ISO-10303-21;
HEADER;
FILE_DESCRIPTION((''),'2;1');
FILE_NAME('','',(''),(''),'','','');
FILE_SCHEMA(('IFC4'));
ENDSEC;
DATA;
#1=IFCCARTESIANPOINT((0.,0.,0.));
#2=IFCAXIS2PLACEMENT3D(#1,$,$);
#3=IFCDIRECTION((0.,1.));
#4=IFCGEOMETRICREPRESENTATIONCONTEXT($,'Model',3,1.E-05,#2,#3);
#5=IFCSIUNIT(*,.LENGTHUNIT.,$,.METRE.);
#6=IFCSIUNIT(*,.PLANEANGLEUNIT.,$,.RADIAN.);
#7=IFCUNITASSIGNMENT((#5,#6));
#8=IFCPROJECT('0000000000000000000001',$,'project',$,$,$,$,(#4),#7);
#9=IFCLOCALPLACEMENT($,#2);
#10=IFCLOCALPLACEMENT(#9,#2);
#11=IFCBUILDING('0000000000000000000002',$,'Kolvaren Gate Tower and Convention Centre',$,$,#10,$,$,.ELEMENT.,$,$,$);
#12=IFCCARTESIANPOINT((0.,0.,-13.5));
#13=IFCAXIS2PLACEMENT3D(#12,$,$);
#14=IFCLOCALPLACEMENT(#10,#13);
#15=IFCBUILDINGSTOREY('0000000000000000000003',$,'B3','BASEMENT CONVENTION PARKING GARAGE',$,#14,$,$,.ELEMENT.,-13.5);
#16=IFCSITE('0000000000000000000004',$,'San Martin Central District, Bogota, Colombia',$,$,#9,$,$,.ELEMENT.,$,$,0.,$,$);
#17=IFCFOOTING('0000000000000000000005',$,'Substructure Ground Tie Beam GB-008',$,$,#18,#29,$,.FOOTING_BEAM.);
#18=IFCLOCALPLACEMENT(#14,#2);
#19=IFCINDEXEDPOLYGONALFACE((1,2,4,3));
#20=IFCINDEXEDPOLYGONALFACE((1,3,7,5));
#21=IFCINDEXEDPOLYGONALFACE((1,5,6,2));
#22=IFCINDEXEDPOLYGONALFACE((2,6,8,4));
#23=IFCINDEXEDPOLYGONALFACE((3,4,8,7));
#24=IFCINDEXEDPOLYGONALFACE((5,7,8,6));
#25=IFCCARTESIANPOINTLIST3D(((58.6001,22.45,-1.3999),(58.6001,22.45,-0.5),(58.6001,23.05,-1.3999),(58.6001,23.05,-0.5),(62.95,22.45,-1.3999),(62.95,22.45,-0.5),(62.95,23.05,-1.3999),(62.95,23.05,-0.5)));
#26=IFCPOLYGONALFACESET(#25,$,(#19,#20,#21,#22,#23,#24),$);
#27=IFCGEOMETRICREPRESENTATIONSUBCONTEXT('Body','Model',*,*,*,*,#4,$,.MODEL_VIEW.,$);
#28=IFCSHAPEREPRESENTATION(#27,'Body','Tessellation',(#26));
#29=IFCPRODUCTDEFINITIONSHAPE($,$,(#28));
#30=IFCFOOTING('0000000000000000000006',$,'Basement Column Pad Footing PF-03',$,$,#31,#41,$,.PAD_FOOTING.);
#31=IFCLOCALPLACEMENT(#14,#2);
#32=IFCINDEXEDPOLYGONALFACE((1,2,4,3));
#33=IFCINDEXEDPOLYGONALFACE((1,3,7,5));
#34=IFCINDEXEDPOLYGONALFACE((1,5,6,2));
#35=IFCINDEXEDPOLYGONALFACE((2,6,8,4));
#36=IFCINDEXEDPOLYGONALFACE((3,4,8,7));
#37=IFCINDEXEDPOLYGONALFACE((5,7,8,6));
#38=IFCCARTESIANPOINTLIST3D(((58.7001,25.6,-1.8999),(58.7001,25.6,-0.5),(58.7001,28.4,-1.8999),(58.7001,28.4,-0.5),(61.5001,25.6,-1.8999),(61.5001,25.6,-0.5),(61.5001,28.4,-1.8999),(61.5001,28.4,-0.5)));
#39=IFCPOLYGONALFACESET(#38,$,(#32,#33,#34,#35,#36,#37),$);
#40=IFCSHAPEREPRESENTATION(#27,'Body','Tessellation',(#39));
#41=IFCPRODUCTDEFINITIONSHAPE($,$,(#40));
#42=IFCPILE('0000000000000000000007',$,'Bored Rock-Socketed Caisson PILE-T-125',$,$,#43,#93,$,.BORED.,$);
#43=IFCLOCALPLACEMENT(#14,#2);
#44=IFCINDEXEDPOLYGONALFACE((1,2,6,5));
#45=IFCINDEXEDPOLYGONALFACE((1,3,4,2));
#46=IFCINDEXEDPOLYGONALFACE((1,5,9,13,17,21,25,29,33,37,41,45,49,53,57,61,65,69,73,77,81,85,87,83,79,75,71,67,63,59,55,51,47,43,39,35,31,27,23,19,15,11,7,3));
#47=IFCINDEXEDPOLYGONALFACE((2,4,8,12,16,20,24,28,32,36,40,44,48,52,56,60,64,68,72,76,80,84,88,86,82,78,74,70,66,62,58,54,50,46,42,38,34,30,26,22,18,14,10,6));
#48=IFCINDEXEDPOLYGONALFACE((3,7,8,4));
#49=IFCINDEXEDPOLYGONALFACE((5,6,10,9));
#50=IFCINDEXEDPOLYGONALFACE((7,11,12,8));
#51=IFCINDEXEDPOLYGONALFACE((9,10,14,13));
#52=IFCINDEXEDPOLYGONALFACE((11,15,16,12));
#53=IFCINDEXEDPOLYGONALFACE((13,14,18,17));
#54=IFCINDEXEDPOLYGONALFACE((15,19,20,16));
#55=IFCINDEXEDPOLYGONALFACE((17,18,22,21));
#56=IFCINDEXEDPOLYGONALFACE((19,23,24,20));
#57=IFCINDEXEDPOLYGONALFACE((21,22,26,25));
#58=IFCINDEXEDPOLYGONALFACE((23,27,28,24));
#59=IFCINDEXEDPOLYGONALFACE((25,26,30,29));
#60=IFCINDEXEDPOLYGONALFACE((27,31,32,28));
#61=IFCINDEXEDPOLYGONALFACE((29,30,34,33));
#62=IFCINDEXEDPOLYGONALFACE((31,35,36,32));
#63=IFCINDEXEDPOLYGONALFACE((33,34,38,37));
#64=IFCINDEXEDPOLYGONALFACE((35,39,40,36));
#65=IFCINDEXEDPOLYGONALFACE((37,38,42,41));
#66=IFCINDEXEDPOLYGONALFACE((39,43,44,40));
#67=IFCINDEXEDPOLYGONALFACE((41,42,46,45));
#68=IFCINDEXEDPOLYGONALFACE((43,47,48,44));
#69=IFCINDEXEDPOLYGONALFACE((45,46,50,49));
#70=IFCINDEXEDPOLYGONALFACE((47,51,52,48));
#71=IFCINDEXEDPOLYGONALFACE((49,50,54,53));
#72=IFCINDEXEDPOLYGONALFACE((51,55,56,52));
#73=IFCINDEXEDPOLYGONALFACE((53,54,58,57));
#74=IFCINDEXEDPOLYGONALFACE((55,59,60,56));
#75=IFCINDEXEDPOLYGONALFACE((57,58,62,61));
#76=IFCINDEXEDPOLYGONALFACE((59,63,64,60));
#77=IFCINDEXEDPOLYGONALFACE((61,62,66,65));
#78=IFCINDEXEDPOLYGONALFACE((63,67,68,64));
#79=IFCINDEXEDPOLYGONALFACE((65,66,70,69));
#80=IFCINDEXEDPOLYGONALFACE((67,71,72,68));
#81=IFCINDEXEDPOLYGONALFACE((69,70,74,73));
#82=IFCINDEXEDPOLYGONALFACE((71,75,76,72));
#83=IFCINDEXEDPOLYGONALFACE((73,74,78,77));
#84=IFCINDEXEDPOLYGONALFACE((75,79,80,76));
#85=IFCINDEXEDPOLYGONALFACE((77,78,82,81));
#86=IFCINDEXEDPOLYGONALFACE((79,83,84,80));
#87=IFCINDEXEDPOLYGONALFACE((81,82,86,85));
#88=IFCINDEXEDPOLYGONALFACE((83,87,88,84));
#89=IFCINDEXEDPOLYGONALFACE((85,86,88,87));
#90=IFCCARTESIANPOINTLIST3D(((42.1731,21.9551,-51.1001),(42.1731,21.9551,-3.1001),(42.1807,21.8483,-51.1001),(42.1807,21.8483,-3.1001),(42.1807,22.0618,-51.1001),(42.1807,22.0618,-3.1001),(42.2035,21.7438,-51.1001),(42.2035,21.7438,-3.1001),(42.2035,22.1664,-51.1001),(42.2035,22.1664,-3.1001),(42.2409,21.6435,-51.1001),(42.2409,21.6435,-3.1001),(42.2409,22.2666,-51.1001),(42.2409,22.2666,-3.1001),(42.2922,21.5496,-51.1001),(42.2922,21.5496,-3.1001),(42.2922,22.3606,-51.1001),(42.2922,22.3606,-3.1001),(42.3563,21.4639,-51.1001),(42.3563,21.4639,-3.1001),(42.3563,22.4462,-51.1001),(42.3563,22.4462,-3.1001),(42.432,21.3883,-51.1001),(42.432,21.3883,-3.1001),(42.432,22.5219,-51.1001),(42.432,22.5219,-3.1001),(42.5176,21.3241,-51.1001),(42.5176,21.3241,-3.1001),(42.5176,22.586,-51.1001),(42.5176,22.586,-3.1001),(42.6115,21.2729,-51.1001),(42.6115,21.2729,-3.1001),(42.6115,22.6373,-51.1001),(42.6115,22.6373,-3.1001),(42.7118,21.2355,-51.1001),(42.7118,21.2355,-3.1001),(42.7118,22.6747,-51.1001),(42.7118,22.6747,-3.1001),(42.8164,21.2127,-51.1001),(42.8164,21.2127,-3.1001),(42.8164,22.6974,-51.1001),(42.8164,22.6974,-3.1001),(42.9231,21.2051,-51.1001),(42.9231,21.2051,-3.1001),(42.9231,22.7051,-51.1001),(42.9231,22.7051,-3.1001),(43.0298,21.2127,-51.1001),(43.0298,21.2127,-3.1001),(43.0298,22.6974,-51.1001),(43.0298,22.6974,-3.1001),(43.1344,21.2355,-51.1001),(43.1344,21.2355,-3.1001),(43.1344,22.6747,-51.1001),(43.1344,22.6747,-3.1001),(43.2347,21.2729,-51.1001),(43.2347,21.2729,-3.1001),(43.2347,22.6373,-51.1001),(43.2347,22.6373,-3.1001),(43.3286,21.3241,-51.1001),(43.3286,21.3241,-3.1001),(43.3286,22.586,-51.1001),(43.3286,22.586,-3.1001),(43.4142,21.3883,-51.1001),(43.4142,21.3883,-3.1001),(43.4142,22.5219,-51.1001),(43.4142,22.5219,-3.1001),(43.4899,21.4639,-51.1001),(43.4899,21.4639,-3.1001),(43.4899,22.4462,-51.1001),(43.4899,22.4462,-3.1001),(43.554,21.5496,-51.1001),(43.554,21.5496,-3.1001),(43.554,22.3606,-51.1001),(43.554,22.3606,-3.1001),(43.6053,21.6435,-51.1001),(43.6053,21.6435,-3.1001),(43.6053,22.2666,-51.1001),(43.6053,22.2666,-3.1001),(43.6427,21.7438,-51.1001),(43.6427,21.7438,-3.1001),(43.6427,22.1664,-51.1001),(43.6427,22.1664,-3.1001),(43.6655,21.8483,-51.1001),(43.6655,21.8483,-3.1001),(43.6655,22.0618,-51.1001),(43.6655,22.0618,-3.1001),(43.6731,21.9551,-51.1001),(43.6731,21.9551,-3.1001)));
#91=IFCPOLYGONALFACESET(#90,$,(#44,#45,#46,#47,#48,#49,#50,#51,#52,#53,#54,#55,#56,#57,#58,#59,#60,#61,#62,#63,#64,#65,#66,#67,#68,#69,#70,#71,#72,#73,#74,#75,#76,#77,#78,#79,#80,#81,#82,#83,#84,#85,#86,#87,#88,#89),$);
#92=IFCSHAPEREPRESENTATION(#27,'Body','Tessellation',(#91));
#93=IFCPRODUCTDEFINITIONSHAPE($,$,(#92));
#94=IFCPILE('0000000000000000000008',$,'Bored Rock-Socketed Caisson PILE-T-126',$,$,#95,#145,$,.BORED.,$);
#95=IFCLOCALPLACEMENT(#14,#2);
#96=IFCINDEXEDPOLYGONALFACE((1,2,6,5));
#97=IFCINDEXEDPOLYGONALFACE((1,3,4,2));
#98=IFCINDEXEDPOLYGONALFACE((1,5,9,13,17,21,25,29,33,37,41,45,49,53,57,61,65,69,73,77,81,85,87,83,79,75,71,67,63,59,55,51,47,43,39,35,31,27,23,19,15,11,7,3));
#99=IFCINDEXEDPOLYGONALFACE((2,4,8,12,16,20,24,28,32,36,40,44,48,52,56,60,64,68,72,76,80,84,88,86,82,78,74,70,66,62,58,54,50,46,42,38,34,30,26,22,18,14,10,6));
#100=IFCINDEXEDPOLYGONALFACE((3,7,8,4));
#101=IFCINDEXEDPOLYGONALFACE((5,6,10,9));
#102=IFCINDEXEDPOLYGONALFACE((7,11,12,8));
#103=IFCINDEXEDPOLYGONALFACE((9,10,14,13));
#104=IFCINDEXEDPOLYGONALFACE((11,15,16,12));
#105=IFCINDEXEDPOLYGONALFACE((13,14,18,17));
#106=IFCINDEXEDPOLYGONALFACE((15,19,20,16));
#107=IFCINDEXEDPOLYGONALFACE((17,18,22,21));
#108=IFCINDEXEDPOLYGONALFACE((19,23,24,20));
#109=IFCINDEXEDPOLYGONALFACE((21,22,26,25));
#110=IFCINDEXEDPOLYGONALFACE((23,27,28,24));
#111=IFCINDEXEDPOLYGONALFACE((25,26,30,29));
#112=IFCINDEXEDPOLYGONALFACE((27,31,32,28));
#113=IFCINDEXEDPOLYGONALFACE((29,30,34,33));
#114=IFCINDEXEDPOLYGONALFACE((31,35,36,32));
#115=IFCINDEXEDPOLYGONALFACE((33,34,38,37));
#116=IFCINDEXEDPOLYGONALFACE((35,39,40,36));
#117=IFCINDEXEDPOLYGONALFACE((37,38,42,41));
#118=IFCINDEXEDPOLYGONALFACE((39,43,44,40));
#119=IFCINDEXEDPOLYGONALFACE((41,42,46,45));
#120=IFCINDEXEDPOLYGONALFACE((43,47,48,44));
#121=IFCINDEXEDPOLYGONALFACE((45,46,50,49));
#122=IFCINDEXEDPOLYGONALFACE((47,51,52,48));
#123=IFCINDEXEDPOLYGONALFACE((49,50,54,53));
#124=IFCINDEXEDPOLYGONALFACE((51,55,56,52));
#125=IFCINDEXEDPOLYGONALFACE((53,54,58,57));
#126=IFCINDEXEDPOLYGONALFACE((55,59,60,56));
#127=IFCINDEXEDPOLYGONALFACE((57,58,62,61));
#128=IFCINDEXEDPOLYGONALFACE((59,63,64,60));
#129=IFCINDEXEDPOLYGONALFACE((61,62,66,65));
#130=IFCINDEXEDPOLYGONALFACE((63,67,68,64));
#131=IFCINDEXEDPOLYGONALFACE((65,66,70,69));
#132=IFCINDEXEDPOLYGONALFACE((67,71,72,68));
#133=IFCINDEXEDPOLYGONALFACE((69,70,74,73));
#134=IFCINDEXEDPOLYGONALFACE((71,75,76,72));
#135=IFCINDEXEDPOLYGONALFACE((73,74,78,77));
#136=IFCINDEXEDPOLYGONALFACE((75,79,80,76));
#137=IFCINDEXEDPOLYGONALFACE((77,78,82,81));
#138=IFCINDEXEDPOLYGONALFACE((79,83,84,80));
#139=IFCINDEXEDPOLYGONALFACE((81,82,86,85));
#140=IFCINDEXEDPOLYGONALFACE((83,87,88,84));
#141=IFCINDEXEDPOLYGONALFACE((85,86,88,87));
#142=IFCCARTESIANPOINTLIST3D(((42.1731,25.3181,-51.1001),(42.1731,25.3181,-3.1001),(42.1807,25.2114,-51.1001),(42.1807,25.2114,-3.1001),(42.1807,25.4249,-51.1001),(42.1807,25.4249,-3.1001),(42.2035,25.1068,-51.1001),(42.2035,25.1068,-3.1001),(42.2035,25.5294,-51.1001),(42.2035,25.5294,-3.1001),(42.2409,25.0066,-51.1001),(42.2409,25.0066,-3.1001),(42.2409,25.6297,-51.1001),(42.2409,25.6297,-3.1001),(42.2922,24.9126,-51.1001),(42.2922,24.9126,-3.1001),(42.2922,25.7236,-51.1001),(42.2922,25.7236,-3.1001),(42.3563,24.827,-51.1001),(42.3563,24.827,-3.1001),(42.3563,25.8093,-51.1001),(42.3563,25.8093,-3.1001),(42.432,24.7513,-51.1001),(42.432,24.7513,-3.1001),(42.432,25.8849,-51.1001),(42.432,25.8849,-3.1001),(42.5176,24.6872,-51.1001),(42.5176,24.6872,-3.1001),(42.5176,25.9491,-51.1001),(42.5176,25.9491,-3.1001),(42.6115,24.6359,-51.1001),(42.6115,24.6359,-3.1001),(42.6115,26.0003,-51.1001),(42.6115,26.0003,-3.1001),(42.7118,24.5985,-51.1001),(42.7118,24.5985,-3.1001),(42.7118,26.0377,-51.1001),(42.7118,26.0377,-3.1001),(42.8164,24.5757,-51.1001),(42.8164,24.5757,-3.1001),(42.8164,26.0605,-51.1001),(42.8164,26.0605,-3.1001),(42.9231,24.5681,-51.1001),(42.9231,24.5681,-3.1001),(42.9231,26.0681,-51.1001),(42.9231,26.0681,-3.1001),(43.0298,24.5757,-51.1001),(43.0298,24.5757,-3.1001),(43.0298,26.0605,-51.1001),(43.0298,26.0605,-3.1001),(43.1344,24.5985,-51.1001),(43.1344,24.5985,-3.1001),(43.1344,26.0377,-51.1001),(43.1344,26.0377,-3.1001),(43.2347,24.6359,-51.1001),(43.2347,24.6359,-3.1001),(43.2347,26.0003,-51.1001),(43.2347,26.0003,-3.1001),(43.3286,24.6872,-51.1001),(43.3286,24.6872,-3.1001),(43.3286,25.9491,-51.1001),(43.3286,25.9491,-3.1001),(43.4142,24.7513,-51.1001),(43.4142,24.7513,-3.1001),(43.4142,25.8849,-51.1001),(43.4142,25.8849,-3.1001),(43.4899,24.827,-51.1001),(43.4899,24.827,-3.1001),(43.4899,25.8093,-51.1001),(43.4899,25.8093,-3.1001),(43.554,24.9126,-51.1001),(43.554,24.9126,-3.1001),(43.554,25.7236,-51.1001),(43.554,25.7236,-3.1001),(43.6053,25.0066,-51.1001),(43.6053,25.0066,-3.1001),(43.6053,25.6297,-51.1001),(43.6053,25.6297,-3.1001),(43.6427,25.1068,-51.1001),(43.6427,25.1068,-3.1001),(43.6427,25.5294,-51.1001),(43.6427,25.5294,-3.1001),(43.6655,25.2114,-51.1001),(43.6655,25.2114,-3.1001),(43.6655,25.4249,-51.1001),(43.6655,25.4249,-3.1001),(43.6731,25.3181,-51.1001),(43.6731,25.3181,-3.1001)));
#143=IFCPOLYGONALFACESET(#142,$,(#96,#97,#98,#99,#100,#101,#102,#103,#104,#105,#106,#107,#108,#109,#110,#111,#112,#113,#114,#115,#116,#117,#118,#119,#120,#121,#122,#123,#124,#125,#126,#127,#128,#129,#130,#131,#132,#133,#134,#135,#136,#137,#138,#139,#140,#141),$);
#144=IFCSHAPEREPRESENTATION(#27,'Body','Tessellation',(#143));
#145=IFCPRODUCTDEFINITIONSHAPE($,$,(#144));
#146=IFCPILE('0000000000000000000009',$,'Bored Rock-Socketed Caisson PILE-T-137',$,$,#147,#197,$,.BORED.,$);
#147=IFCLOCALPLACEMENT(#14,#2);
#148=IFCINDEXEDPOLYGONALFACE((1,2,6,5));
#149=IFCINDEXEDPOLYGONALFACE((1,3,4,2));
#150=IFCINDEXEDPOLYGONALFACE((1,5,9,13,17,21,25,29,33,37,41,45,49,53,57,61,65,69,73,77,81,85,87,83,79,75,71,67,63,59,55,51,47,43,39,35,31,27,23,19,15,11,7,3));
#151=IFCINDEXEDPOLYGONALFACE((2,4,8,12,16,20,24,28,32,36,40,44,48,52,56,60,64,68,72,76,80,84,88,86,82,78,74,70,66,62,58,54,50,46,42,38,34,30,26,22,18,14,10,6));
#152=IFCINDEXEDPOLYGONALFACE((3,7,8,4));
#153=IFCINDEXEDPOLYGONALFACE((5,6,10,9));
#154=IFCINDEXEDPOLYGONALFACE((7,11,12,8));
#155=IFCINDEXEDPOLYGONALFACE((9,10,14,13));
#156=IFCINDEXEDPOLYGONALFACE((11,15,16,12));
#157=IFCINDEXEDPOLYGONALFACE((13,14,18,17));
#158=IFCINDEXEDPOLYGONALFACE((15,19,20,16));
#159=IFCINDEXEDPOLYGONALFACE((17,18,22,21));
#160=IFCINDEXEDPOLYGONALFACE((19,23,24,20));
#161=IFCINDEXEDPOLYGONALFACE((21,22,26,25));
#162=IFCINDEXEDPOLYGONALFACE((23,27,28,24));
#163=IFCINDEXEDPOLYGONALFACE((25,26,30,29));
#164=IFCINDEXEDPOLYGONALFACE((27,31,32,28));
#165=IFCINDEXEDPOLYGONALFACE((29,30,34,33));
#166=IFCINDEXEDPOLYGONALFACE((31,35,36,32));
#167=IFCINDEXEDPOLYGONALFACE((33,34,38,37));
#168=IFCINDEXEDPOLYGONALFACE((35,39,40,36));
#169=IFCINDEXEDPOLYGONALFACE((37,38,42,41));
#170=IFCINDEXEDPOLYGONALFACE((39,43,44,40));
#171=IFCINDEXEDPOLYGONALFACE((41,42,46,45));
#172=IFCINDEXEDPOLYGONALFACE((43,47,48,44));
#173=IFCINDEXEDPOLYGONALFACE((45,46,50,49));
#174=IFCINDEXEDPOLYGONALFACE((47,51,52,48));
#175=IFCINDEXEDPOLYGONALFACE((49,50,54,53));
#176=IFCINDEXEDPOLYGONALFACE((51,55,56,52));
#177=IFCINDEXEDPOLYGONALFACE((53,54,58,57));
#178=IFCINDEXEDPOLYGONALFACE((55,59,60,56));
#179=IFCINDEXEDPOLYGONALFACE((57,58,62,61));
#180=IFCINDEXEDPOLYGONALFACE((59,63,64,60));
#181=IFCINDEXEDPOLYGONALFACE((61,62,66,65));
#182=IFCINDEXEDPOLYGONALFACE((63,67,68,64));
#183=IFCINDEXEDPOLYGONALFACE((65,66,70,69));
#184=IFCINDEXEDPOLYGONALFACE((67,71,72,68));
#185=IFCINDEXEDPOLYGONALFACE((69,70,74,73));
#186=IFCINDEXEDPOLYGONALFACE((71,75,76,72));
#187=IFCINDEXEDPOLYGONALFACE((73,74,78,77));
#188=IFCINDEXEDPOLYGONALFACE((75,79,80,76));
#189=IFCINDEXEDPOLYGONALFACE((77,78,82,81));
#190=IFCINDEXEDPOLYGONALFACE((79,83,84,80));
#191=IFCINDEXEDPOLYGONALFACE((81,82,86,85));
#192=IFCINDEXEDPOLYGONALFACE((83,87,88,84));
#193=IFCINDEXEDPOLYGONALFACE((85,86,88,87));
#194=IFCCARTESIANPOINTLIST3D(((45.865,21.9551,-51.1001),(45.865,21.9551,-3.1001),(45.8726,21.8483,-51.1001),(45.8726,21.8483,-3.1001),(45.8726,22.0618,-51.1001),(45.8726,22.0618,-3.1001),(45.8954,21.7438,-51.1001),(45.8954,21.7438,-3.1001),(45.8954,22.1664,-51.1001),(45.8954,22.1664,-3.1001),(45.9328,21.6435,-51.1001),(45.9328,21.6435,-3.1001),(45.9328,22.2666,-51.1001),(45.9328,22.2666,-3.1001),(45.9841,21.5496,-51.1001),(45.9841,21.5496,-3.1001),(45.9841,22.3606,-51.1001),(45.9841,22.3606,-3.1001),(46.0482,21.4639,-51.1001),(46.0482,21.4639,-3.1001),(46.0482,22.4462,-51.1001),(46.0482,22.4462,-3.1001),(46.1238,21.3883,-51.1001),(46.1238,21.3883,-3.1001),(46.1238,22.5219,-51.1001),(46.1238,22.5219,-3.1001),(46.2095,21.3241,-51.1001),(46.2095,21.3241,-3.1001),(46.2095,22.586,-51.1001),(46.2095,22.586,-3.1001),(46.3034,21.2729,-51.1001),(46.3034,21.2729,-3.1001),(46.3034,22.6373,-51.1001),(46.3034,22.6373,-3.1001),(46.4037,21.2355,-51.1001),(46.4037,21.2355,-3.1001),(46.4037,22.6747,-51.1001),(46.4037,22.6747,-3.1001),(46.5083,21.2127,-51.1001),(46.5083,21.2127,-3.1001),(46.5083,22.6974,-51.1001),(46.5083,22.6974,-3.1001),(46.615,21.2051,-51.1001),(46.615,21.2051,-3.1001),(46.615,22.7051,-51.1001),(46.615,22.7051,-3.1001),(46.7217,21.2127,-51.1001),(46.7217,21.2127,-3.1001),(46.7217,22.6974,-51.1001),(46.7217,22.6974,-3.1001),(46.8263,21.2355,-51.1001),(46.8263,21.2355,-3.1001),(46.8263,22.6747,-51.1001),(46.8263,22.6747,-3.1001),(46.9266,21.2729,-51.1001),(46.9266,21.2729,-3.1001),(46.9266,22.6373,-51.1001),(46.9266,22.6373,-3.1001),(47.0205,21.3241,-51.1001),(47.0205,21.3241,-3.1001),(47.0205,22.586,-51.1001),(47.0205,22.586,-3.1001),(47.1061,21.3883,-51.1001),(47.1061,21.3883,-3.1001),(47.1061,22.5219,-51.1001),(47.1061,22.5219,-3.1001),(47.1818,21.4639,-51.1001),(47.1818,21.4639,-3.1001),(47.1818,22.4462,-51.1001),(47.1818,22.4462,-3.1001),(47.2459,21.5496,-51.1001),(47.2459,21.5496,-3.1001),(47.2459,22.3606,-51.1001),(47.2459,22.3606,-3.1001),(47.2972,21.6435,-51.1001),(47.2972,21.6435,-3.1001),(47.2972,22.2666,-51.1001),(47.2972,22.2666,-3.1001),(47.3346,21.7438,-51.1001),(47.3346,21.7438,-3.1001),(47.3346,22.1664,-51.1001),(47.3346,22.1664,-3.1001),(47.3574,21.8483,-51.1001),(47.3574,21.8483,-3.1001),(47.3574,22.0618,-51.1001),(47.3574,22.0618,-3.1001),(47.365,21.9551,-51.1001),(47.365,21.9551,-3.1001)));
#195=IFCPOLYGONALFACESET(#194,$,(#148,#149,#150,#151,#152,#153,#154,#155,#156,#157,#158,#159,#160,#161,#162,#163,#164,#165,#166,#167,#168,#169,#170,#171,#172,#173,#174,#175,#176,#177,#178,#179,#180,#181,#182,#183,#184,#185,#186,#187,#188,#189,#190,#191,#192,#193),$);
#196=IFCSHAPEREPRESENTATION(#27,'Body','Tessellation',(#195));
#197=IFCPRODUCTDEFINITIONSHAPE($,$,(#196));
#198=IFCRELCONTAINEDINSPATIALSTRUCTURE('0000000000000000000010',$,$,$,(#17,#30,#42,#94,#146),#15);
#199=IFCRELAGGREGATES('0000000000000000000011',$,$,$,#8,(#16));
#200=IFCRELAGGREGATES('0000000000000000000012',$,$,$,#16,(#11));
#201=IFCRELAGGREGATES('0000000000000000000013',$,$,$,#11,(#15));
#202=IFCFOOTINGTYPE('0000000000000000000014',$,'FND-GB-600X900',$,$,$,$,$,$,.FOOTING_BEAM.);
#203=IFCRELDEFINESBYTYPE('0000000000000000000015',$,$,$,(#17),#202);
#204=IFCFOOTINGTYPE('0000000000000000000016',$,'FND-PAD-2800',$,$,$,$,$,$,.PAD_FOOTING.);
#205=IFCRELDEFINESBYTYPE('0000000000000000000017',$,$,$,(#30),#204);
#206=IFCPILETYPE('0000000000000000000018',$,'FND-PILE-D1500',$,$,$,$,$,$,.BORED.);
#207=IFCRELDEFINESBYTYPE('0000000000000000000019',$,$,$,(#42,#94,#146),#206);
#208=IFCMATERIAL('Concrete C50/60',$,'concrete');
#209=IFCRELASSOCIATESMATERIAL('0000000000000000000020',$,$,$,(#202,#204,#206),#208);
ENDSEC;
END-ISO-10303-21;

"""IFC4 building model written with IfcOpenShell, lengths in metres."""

from ifc_helpers import new_model, si_unit, direction, frame, origin, origin_2d, place, context, subcontext, project, spatial, rectangle, circle, extrude, material, material_profile, profile_set, type_object, element, save


model = new_model("IFC4")

# Units and contexts
model_context = context("Model", 3, precision=1e-05, world=origin(), true_north=direction((0.0, 1.0)))
body_context = subcontext(model_context, "Body", "Model", "MODEL_VIEW")
ifc_project = project(units=[si_unit("LENGTHUNIT", "METRE"), si_unit("PLANEANGLEUNIT", "RADIAN")], contexts=[model_context])

# Site, building, storey
site_placement = place(None, origin())
site = spatial("IfcSite", under=ifc_project, at=site_placement, Name="San Martin Central District, Bogota, Colombia", CompositionType="ELEMENT", RefElevation=0.0)
building_placement = place(site_placement, origin())
building = spatial("IfcBuilding", under=site, at=building_placement, Name="Kolvaren Gate Tower and Convention Centre", CompositionType="ELEMENT")
storey_placement = place(building_placement, frame((0.0, 0.0, -13.5)))
storey = spatial("IfcBuildingStorey", under=building, at=storey_placement, Name="B3", Description="BASEMENT CONVENTION PARKING GARAGE", CompositionType="ELEMENT", Elevation=-13.5)

# Footings
ifc_material_1 = material(Name="Concrete C50/60", Category="concrete")
ifc_material_profile_1 = material_profile(ifc_material_1, rectangle(XDim=0.6001, YDim=0.8999, at=origin_2d()), Name="RC-BM-600X900")
ifc_profile_set_1 = profile_set([ifc_material_profile_1], Name="Concrete C50/60")
footing_type_1 = type_object("IfcFootingType", Name="FND-GB-600X900", PredefinedType="FOOTING_BEAM", material=ifc_profile_set_1)
footing_1_placement = place(storey_placement, frame((58.6001, 22.75, -0.95), z_axis=(1.0, 0.0, 0.0), x_axis=(0.0, 1.0, 0.0)))
element("IfcFooting", 1, at=footing_1_placement, inside=storey, type_object=footing_type_1, Name="Substructure Ground Tie Beam GB-008", PredefinedType="FOOTING_BEAM", context=body_context, shape_type="SweptSolid", body=[
    extrude(rectangle(XDim=0.6001, YDim=0.8999, at=origin_2d()), origin(), (0.0, 0.0, 1.0), 4.3499),
])
footing_type_2 = type_object("IfcFootingType", Name="FND-PAD-2800", PredefinedType="PAD_FOOTING", material=ifc_material_1)
footing_2_placement = place(storey_placement, frame((60.1001, 27.0, -1.8999), z_axis=(0.0, 0.0, 1.0), x_axis=(1.0, 0.0, 0.0)))
element("IfcFooting", 2, at=footing_2_placement, inside=storey, type_object=footing_type_2, Name="Basement Column Pad Footing PF-03", PredefinedType="PAD_FOOTING", context=body_context, shape_type="SweptSolid", body=[
    extrude(rectangle(XDim=2.8, YDim=2.8, at=origin_2d()), origin(), (0.0, 0.0, 1.0), 1.3999),
])

# Piles
ifc_material_profile_2 = material_profile(ifc_material_1, circle(Radius=0.75, at=origin_2d()), Name="CAISSON-D1500")
ifc_profile_set_2 = profile_set([ifc_material_profile_2], Name="Concrete C50/60")
pile_type = type_object("IfcPileType", Name="FND-PILE-D1500", PredefinedType="BORED", material=ifc_profile_set_2)
for number, where, z_axis, x_axis, name in (
    (3, (42.9231, 21.9551, -3.1001), (0.0, 0.0, -1.0), (1.0, 0.0, 0.0), "Bored Rock-Socketed Caisson PILE-T-125"),
    (4, (42.9231, 25.3181, -3.1001), (0.0, 0.0, -1.0), (1.0, 0.0, 0.0), "Bored Rock-Socketed Caisson PILE-T-126"),
    (5, (46.615, 21.9551, -3.1001), (0.0, 0.0, -1.0), (1.0, 0.0, 0.0), "Bored Rock-Socketed Caisson PILE-T-137"),
):
    element("IfcPile", number, at=place(storey_placement, frame(where, z_axis=z_axis, x_axis=x_axis)), inside=storey, type_object=pile_type, Name=name, PredefinedType="BORED", context=body_context, shape_type="SweptSolid", body=[
        extrude(circle(Radius=0.75, at=origin_2d()), origin(), (0.0, 0.0, 1.0), 48.0),
    ])

save(model, "model.ifc")
